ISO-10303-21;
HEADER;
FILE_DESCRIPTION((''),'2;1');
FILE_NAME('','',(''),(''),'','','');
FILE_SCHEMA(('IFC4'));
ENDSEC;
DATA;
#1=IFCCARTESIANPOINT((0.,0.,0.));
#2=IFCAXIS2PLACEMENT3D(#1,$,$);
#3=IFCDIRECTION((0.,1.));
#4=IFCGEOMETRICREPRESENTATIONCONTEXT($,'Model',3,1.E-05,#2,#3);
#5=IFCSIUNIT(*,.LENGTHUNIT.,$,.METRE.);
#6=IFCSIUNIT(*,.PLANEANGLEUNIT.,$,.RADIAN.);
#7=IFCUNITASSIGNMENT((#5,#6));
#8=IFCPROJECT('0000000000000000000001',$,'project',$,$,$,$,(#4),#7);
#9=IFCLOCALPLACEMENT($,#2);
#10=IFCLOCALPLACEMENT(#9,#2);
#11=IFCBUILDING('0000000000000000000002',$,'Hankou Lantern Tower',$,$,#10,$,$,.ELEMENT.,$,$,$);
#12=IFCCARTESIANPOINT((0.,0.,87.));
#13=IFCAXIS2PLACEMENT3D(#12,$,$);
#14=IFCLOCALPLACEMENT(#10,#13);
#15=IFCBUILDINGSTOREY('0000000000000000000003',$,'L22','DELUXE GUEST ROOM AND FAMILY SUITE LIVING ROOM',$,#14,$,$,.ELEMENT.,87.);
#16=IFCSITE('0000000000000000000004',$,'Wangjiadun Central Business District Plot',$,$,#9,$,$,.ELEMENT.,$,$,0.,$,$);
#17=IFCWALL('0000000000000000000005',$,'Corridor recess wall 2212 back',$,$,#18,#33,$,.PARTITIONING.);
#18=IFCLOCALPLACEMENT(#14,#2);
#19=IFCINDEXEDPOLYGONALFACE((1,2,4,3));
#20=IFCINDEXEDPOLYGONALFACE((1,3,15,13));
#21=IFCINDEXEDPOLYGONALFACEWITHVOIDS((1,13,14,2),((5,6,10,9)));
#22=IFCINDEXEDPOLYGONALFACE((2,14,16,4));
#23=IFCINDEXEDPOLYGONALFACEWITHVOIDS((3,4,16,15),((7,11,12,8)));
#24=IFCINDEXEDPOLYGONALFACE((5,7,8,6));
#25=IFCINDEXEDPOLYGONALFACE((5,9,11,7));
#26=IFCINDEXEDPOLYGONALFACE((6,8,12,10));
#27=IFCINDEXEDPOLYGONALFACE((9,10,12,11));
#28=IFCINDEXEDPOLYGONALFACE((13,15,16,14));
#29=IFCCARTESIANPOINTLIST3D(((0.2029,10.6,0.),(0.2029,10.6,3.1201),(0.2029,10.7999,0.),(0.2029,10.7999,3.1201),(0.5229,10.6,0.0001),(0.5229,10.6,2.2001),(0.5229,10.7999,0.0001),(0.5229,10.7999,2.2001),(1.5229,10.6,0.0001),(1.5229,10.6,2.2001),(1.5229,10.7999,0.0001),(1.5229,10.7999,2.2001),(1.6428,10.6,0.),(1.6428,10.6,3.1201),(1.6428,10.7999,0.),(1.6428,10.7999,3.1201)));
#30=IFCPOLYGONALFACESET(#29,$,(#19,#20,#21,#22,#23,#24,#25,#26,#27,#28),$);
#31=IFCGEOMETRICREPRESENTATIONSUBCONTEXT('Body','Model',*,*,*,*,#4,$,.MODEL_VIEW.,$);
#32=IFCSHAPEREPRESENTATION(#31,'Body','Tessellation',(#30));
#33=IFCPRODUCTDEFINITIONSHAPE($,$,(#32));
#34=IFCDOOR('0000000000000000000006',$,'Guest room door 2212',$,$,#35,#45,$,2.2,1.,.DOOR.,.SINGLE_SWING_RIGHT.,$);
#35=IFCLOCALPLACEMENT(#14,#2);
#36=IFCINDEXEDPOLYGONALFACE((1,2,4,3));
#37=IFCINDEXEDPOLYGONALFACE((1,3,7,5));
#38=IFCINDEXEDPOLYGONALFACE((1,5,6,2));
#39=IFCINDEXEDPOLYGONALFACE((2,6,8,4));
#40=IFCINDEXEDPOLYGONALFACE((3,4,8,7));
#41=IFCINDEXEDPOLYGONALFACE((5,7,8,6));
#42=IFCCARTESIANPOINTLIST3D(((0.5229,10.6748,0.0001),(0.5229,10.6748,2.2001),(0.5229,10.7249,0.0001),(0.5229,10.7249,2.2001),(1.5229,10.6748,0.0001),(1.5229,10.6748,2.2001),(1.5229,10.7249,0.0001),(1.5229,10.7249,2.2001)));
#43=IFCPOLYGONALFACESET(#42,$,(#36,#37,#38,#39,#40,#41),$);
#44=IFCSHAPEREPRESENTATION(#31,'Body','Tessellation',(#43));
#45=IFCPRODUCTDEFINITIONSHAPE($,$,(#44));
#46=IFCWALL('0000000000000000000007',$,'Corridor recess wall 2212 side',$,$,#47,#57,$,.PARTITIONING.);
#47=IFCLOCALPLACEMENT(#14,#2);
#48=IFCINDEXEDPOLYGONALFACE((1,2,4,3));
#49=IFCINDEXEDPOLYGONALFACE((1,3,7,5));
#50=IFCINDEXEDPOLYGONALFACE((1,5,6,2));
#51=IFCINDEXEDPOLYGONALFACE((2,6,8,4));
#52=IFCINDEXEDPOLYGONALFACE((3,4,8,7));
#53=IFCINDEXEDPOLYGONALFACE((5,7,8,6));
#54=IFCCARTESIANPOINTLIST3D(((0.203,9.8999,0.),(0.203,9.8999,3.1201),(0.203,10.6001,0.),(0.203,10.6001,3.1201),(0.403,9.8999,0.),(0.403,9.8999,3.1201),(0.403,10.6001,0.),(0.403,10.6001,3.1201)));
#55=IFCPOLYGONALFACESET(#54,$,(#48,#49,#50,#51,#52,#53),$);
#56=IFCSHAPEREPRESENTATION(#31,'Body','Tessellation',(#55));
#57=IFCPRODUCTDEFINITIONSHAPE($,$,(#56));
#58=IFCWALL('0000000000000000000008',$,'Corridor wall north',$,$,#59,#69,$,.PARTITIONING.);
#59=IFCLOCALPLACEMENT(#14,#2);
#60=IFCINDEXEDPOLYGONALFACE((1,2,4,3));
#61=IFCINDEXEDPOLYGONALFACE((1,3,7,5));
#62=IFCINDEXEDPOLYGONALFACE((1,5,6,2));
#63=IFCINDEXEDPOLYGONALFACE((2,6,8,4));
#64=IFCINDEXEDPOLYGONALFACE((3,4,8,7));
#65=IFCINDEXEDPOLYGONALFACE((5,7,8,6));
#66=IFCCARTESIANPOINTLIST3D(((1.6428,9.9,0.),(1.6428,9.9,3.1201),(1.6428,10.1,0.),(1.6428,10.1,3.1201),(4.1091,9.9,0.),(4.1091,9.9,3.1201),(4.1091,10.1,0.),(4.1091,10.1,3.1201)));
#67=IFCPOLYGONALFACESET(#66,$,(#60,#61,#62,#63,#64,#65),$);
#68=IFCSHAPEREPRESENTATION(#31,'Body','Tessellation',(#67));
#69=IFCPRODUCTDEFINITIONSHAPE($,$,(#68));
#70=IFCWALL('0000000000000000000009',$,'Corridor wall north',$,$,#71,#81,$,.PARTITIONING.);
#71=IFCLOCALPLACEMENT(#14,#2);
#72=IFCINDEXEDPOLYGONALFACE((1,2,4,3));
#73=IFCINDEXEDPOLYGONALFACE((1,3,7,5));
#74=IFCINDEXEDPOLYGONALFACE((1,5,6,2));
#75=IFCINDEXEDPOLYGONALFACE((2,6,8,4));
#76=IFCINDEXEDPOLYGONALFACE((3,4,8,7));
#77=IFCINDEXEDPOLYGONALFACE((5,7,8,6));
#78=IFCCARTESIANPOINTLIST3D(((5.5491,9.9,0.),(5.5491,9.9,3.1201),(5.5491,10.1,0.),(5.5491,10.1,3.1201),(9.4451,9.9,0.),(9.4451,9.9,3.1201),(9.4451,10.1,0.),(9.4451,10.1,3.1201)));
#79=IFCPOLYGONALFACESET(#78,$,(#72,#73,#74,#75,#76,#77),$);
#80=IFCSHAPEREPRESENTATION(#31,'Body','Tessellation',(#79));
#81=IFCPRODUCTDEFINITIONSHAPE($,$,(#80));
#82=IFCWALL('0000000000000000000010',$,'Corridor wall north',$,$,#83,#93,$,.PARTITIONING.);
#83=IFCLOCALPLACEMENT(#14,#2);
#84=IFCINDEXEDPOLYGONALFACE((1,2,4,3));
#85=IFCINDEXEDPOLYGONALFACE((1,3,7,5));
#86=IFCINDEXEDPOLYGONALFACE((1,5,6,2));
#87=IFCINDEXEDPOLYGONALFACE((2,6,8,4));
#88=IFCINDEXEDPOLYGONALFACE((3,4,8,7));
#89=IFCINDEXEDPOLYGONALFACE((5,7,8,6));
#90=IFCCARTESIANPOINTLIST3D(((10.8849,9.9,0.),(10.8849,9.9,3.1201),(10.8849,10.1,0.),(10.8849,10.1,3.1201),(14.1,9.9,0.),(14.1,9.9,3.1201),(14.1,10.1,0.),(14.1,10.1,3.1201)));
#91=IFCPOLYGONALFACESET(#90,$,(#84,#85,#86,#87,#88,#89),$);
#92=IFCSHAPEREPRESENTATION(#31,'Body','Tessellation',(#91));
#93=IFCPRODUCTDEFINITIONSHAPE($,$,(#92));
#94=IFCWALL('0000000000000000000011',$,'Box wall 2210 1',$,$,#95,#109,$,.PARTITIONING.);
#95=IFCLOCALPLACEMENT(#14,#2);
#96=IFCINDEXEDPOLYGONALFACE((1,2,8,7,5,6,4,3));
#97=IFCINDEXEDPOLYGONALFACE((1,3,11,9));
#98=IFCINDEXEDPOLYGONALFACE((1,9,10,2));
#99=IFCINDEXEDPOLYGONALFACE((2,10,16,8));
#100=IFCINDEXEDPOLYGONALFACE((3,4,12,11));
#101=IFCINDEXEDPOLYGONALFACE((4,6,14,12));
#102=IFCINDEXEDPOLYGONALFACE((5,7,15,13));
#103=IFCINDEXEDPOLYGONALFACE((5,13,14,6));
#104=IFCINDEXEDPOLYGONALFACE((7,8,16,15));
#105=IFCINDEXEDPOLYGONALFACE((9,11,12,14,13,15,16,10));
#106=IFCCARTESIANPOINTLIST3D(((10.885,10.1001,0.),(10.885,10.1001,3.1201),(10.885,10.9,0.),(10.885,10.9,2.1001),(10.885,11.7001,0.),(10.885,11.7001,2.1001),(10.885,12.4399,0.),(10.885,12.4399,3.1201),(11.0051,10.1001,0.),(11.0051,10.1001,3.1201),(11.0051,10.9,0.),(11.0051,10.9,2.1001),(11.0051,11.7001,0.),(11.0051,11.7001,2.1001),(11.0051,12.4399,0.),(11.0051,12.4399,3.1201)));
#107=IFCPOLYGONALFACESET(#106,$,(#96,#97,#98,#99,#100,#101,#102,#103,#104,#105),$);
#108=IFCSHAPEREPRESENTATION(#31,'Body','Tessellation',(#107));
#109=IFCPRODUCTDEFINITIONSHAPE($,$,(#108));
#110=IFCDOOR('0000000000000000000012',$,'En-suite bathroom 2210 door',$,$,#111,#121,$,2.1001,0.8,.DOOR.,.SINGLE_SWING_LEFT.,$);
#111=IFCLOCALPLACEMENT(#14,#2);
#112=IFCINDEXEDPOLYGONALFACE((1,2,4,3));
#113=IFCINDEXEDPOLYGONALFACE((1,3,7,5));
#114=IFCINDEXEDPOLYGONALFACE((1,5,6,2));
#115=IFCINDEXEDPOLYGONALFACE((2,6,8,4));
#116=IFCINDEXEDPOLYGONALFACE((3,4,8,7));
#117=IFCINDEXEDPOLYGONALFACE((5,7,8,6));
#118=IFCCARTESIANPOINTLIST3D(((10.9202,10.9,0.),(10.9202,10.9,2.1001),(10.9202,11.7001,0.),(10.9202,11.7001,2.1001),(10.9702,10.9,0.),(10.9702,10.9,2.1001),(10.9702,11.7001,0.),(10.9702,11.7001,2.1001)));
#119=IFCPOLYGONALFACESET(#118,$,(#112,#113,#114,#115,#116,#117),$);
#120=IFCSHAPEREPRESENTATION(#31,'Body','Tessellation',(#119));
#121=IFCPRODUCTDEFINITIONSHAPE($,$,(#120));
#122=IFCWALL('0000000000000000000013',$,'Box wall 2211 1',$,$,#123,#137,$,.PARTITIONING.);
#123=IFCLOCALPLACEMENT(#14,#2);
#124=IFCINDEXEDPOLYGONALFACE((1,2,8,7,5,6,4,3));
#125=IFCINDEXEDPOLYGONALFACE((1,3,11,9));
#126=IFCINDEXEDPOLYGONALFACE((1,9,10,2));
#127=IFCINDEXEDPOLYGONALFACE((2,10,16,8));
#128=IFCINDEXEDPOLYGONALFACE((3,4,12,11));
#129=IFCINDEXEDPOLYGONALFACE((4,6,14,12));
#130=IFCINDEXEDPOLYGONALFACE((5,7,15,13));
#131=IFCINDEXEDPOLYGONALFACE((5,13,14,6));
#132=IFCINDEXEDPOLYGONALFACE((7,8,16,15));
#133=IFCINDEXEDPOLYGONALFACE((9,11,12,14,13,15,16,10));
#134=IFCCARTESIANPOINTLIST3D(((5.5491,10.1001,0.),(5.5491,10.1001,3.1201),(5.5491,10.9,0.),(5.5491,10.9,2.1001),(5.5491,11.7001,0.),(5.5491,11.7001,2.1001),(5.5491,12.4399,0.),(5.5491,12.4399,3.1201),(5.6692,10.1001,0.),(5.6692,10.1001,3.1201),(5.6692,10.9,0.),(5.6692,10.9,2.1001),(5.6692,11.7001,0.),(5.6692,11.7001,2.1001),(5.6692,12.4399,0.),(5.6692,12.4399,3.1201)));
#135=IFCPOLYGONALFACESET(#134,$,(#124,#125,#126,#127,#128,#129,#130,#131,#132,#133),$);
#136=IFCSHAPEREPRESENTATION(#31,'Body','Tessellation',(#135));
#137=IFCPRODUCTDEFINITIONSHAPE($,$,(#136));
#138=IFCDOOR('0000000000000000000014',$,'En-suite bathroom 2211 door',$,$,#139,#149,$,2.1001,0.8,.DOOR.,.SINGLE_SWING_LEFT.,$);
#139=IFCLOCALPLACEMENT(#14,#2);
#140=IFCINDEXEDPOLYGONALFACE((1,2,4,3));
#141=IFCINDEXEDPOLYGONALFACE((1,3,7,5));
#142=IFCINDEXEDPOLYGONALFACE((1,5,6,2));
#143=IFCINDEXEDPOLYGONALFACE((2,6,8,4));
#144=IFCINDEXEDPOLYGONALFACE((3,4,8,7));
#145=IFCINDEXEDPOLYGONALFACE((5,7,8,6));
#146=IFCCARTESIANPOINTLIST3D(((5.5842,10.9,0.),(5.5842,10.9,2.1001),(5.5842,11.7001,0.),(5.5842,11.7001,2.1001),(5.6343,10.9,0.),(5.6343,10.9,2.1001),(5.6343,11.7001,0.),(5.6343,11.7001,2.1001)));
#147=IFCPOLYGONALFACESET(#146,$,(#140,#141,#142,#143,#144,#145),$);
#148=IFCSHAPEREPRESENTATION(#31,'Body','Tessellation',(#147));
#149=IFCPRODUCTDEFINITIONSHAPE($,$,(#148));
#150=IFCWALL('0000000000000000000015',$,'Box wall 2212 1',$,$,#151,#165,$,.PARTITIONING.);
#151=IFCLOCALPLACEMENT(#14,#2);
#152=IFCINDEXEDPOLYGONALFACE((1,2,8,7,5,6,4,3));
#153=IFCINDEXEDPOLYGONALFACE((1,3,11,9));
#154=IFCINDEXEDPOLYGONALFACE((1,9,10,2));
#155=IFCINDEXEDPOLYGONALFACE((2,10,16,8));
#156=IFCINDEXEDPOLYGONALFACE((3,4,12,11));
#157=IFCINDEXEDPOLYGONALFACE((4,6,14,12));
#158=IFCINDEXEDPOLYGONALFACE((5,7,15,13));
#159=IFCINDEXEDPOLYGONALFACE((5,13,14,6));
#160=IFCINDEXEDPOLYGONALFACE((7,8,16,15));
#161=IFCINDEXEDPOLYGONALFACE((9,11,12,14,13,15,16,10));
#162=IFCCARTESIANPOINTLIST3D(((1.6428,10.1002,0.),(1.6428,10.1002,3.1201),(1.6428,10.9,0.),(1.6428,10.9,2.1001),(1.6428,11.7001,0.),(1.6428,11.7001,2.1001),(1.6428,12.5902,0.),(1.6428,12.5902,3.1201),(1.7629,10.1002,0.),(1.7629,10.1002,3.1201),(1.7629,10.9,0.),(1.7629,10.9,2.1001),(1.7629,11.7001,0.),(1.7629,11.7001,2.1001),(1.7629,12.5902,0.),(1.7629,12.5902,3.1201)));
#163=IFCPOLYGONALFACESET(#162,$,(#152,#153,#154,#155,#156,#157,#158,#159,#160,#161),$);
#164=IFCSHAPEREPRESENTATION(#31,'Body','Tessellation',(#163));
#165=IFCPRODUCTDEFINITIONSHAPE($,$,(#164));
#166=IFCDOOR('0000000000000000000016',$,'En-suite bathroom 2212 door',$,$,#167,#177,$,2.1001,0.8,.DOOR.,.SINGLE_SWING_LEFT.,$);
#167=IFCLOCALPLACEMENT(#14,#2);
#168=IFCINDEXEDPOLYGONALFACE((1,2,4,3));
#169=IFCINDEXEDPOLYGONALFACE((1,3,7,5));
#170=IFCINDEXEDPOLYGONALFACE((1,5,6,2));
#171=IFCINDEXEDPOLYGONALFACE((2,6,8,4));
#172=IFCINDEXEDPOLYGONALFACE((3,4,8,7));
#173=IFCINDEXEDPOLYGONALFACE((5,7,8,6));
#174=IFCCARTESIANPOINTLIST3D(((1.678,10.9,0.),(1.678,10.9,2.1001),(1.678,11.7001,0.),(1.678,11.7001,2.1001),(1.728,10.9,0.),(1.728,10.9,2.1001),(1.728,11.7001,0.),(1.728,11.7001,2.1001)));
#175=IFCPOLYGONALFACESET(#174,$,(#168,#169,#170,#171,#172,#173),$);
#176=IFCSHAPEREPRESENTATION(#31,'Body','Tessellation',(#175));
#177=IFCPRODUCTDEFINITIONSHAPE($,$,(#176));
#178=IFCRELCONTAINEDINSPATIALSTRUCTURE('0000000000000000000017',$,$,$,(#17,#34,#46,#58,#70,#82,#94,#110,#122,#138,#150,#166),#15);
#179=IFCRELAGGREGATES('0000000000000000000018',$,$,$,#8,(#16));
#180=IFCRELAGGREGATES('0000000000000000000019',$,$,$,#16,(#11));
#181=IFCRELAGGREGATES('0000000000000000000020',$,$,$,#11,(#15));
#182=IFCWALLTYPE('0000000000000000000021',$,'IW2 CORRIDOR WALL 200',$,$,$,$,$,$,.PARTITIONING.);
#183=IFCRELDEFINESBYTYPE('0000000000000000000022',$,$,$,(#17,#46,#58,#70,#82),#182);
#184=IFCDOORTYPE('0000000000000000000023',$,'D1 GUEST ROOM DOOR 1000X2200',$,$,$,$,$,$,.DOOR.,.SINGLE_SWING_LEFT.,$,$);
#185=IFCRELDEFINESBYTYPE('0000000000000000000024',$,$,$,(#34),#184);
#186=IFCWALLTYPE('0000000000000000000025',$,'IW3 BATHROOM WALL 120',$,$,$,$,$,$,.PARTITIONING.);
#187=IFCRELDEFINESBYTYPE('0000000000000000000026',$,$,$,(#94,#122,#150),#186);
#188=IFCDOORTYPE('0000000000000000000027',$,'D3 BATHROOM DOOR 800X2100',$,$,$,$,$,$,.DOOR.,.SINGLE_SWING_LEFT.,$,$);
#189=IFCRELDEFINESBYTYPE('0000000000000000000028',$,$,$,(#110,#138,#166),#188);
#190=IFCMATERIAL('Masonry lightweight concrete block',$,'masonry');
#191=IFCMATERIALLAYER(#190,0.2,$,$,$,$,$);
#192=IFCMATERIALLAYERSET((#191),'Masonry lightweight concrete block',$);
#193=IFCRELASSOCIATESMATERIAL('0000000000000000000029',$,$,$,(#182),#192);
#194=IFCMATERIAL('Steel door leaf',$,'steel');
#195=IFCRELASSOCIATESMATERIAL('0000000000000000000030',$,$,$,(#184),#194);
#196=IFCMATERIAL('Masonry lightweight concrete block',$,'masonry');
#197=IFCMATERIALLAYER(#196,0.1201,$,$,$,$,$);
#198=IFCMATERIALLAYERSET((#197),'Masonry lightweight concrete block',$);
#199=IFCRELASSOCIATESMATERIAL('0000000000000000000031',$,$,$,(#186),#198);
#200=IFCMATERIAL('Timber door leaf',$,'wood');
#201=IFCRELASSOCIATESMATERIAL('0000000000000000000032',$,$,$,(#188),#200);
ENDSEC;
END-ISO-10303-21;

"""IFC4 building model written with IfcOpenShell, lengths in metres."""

from ifc_helpers import new_model, si_unit, direction, frame, frame_2d, origin, place, context, subcontext, project, spatial, rectangle, extrude, material, layer, layer_set, type_object, element, fill, save


model = new_model("IFC4")

# Units and contexts
model_context = context("Model", 3, precision=1e-05, world=origin(), true_north=direction((0.0, 1.0)))
body_context = subcontext(model_context, "Body", "Model", "MODEL_VIEW")
ifc_project = project(units=[si_unit("LENGTHUNIT", "METRE"), si_unit("PLANEANGLEUNIT", "RADIAN")], contexts=[model_context])

# Site, building, storey
site_placement = place(None, origin())
site = spatial("IfcSite", under=ifc_project, at=site_placement, Name="Wangjiadun Central Business District Plot", CompositionType="ELEMENT", RefElevation=0.0)
building_placement = place(site_placement, origin())
building = spatial("IfcBuilding", under=site, at=building_placement, Name="Hankou Lantern Tower", CompositionType="ELEMENT")
storey_placement = place(building_placement, frame((0.0, 0.0, 87.0)))
storey = spatial("IfcBuildingStorey", under=building, at=storey_placement, Name="L22", Description="DELUXE GUEST ROOM AND FAMILY SUITE LIVING ROOM", CompositionType="ELEMENT", Elevation=87.0)

# Shared definitions
ifc_material_1 = material(Name="Masonry lightweight concrete block", Category="masonry")
ifc_layer_1 = layer(ifc_material_1, 0.2)
ifc_layer_set_1 = layer_set([ifc_layer_1], Name="Masonry lightweight concrete block")
wall_type_1 = type_object("IfcWallType", Name="IW2 CORRIDOR WALL 200", PredefinedType="PARTITIONING", material=ifc_layer_set_1)

# Shared definitions
ifc_material_2 = material(Name="Steel door leaf", Category="steel")
door_type_1 = type_object("IfcDoorType", Name="D1 GUEST ROOM DOOR 1000X2200", OperationType="SINGLE_SWING_LEFT", PredefinedType="DOOR", material=ifc_material_2)

# Wall, opening, door
wall_1_placement = place(storey_placement, frame((0.2029, 10.7, 0.0), z_axis=(0.0, 0.0, 1.0), x_axis=(1.0, 0.0, 0.0)))
wall_1 = element("IfcWall", 1, at=wall_1_placement, inside=storey, type_object=wall_type_1, Name="Corridor recess wall 2212 back", PredefinedType="PARTITIONING", context=body_context, shape_type="SweptSolid", body=[
    extrude(rectangle(XDim=1.4399, YDim=0.2, at=frame_2d((0.72, 0.0))), origin(), (0.0, 0.0, 1.0), 3.1201),
])
opening_1_placement = place(wall_1_placement, frame((0.3201, 0.0, 0.0)))
opening_1 = element("IfcOpeningElement", 2, at=opening_1_placement, cuts=wall_1, PredefinedType="OPENING", context=body_context, shape_type="SweptSolid", body=[
    extrude(rectangle(XDim=1.0, YDim=2.2, at=frame_2d((0.5, 1.1001))), frame((0.0, 0.1099, 0.0), z_axis=(0.0, -1.0, 0.0), x_axis=(1.0, 0.0, 0.0)), (0.0, 0.0, 1.0), 0.22),
])
door_1_placement = place(opening_1_placement, origin())
door_1 = element("IfcDoor", 3, at=door_1_placement, inside=storey, type_object=door_type_1, Name="Guest room door 2212", OperationType="SINGLE_SWING_RIGHT", OverallHeight=2.2, OverallWidth=1.0, PredefinedType="DOOR", context=body_context, shape_type="SweptSolid", body=[
    extrude(rectangle(XDim=1.0, YDim=2.2, at=frame_2d((0.5, 1.1001))), frame((0.0, 0.0249, 0.0), z_axis=(0.0, -1.0, 0.0), x_axis=(1.0, 0.0, 0.0)), (0.0, 0.0, 1.0), 0.05),
])
fill(opening_1, door_1)

# Walls
wall_2_placement = place(storey_placement, frame((0.303, 9.8999, 0.0), z_axis=(0.0, 0.0, 1.0), x_axis=(0.0, 1.0, 0.0)))
element("IfcWall", 4, at=wall_2_placement, inside=storey, type_object=wall_type_1, Name="Corridor recess wall 2212 side", PredefinedType="PARTITIONING", context=body_context, shape_type="SweptSolid", body=[
    extrude(rectangle(XDim=0.7002, YDim=0.2, at=frame_2d((0.3501, 0.0))), origin(), (0.0, 0.0, 1.0), 3.1201),
])
wall_3_placement = place(storey_placement, frame((1.6428, 10.0, 0.0), z_axis=(0.0, 0.0, 1.0), x_axis=(1.0, 0.0, 0.0)))
element("IfcWall", 5, at=wall_3_placement, inside=storey, type_object=wall_type_1, Name="Corridor wall north", PredefinedType="PARTITIONING", context=body_context, shape_type="SweptSolid", body=[
    extrude(rectangle(XDim=2.4663, YDim=0.2, at=frame_2d((1.2332, 0.0))), origin(), (0.0, 0.0, 1.0), 3.1201),
])
wall_4_placement = place(storey_placement, frame((5.5491, 10.0, 0.0), z_axis=(0.0, 0.0, 1.0), x_axis=(1.0, 0.0, 0.0)))
element("IfcWall", 6, at=wall_4_placement, inside=storey, type_object=wall_type_1, Name="Corridor wall north", PredefinedType="PARTITIONING", context=body_context, shape_type="SweptSolid", body=[
    extrude(rectangle(XDim=3.896, YDim=0.2, at=frame_2d((1.948, 0.0))), origin(), (0.0, 0.0, 1.0), 3.1201),
])
wall_5_placement = place(storey_placement, frame((10.885, 10.0, 0.0), z_axis=(0.0, 0.0, 1.0), x_axis=(1.0, 0.0, 0.0)))
element("IfcWall", 7, at=wall_5_placement, inside=storey, type_object=wall_type_1, Name="Corridor wall north", PredefinedType="PARTITIONING", context=body_context, shape_type="SweptSolid", body=[
    extrude(rectangle(XDim=3.2151, YDim=0.2, at=frame_2d((1.6074, 0.0))), origin(), (0.0, 0.0, 1.0), 3.1201),
])

# Walls, openings, doors
ifc_material_3 = material(Name="Masonry lightweight concrete block", Category="masonry")
ifc_layer_2 = layer(ifc_material_3, 0.1201)
ifc_layer_set_2 = layer_set([ifc_layer_2], Name="Masonry lightweight concrete block")
wall_type_2 = type_object("IfcWallType", Name="IW3 BATHROOM WALL 120", PredefinedType="PARTITIONING", material=ifc_layer_set_2)
wall_6_placement = place(storey_placement, frame((10.9451, 10.1001, 0.0), z_axis=(0.0, 0.0, 1.0), x_axis=(0.0, 1.0, 0.0)))
wall_6 = element("IfcWall", 8, at=wall_6_placement, inside=storey, type_object=wall_type_2, Name="Box wall 2210 1", PredefinedType="PARTITIONING", context=body_context, shape_type="SweptSolid", body=[
    extrude(rectangle(XDim=2.3398, YDim=0.1201, at=frame_2d((1.1699, 0.0))), origin(), (0.0, 0.0, 1.0), 3.1201),
])
opening_2_placement = place(wall_6_placement, frame((0.8, 0.0, 0.0)))
opening_2 = element("IfcOpeningElement", 9, at=opening_2_placement, cuts=wall_6, PredefinedType="OPENING", context=body_context, shape_type="SweptSolid", body=[
    extrude(rectangle(XDim=0.8, YDim=2.1001, at=frame_2d((0.3999, 1.05))), frame((0.0, 0.0701, 0.0), z_axis=(0.0, -1.0, 0.0), x_axis=(1.0, 0.0, 0.0)), (0.0, 0.0, 1.0), 0.1401),
])
ifc_material_4 = material(Name="Timber door leaf", Category="wood")
door_type_2 = type_object("IfcDoorType", Name="D3 BATHROOM DOOR 800X2100", OperationType="SINGLE_SWING_LEFT", PredefinedType="DOOR", material=ifc_material_4)
door_2_placement = place(opening_2_placement, origin())
door_2 = element("IfcDoor", 10, at=door_2_placement, inside=storey, type_object=door_type_2, Name="En-suite bathroom 2210 door", OperationType="SINGLE_SWING_LEFT", OverallHeight=2.1001, OverallWidth=0.8, PredefinedType="DOOR", context=body_context, shape_type="SweptSolid", body=[
    extrude(rectangle(XDim=0.8, YDim=2.1001, at=frame_2d((0.3999, 1.05))), frame((0.0, 0.0249, 0.0), z_axis=(0.0, -1.0, 0.0), x_axis=(1.0, 0.0, 0.0)), (0.0, 0.0, 1.0), 0.05),
])
fill(opening_2, door_2)
wall_7_placement = place(storey_placement, frame((5.6091, 10.1001, 0.0), z_axis=(0.0, 0.0, 1.0), x_axis=(0.0, 1.0, 0.0)))
wall_7 = element("IfcWall", 11, at=wall_7_placement, inside=storey, type_object=wall_type_2, Name="Box wall 2211 1", PredefinedType="PARTITIONING", context=body_context, shape_type="SweptSolid", body=[
    extrude(rectangle(XDim=2.3398, YDim=0.1201, at=frame_2d((1.1699, 0.0))), origin(), (0.0, 0.0, 1.0), 3.1201),
])
opening_3_placement = place(wall_7_placement, frame((0.8, 0.0, 0.0)))
opening_3 = element("IfcOpeningElement", 12, at=opening_3_placement, cuts=wall_7, PredefinedType="OPENING", context=body_context, shape_type="SweptSolid", body=[
    extrude(rectangle(XDim=0.8, YDim=2.1001, at=frame_2d((0.3999, 1.05))), frame((0.0, 0.0701, 0.0), z_axis=(0.0, -1.0, 0.0), x_axis=(1.0, 0.0, 0.0)), (0.0, 0.0, 1.0), 0.1401),
])
door_3_placement = place(opening_3_placement, origin())
door_3 = element("IfcDoor", 13, at=door_3_placement, inside=storey, type_object=door_type_2, Name="En-suite bathroom 2211 door", OperationType="SINGLE_SWING_LEFT", OverallHeight=2.1001, OverallWidth=0.8, PredefinedType="DOOR", context=body_context, shape_type="SweptSolid", body=[
    extrude(rectangle(XDim=0.8, YDim=2.1001, at=frame_2d((0.3999, 1.05))), frame((0.0, 0.0249, 0.0), z_axis=(0.0, -1.0, 0.0), x_axis=(1.0, 0.0, 0.0)), (0.0, 0.0, 1.0), 0.05),
])
fill(opening_3, door_3)
wall_8_placement = place(storey_placement, frame((1.7029, 10.1001, 0.0), z_axis=(0.0, 0.0, 1.0), x_axis=(0.0, 1.0, 0.0)))
wall_8 = element("IfcWall", 14, at=wall_8_placement, inside=storey, type_object=wall_type_2, Name="Box wall 2212 1", PredefinedType="PARTITIONING", context=body_context, shape_type="SweptSolid", body=[
    extrude(rectangle(XDim=2.49, YDim=0.1201, at=frame_2d((1.2451, 0.0))), origin(), (0.0, 0.0, 1.0), 3.1201),
])
opening_4_placement = place(wall_8_placement, frame((0.8, 0.0, 0.0)))
opening_4 = element("IfcOpeningElement", 15, at=opening_4_placement, cuts=wall_8, PredefinedType="OPENING", context=body_context, shape_type="SweptSolid", body=[
    extrude(rectangle(XDim=0.8, YDim=2.1001, at=frame_2d((0.3999, 1.05))), frame((0.0, 0.0701, 0.0), z_axis=(0.0, -1.0, 0.0), x_axis=(1.0, 0.0, 0.0)), (0.0, 0.0, 1.0), 0.1401),
])
door_4_placement = place(opening_4_placement, origin())
door_4 = element("IfcDoor", 16, at=door_4_placement, inside=storey, type_object=door_type_2, Name="En-suite bathroom 2212 door", OperationType="SINGLE_SWING_LEFT", OverallHeight=2.1001, OverallWidth=0.8, PredefinedType="DOOR", context=body_context, shape_type="SweptSolid", body=[
    extrude(rectangle(XDim=0.8, YDim=2.1001, at=frame_2d((0.3999, 1.05))), frame((0.0, 0.0249, 0.0), z_axis=(0.0, -1.0, 0.0), x_axis=(1.0, 0.0, 0.0)), (0.0, 0.0, 1.0), 0.05),
])
fill(opening_4, door_4)

save(model, "model.ifc")
